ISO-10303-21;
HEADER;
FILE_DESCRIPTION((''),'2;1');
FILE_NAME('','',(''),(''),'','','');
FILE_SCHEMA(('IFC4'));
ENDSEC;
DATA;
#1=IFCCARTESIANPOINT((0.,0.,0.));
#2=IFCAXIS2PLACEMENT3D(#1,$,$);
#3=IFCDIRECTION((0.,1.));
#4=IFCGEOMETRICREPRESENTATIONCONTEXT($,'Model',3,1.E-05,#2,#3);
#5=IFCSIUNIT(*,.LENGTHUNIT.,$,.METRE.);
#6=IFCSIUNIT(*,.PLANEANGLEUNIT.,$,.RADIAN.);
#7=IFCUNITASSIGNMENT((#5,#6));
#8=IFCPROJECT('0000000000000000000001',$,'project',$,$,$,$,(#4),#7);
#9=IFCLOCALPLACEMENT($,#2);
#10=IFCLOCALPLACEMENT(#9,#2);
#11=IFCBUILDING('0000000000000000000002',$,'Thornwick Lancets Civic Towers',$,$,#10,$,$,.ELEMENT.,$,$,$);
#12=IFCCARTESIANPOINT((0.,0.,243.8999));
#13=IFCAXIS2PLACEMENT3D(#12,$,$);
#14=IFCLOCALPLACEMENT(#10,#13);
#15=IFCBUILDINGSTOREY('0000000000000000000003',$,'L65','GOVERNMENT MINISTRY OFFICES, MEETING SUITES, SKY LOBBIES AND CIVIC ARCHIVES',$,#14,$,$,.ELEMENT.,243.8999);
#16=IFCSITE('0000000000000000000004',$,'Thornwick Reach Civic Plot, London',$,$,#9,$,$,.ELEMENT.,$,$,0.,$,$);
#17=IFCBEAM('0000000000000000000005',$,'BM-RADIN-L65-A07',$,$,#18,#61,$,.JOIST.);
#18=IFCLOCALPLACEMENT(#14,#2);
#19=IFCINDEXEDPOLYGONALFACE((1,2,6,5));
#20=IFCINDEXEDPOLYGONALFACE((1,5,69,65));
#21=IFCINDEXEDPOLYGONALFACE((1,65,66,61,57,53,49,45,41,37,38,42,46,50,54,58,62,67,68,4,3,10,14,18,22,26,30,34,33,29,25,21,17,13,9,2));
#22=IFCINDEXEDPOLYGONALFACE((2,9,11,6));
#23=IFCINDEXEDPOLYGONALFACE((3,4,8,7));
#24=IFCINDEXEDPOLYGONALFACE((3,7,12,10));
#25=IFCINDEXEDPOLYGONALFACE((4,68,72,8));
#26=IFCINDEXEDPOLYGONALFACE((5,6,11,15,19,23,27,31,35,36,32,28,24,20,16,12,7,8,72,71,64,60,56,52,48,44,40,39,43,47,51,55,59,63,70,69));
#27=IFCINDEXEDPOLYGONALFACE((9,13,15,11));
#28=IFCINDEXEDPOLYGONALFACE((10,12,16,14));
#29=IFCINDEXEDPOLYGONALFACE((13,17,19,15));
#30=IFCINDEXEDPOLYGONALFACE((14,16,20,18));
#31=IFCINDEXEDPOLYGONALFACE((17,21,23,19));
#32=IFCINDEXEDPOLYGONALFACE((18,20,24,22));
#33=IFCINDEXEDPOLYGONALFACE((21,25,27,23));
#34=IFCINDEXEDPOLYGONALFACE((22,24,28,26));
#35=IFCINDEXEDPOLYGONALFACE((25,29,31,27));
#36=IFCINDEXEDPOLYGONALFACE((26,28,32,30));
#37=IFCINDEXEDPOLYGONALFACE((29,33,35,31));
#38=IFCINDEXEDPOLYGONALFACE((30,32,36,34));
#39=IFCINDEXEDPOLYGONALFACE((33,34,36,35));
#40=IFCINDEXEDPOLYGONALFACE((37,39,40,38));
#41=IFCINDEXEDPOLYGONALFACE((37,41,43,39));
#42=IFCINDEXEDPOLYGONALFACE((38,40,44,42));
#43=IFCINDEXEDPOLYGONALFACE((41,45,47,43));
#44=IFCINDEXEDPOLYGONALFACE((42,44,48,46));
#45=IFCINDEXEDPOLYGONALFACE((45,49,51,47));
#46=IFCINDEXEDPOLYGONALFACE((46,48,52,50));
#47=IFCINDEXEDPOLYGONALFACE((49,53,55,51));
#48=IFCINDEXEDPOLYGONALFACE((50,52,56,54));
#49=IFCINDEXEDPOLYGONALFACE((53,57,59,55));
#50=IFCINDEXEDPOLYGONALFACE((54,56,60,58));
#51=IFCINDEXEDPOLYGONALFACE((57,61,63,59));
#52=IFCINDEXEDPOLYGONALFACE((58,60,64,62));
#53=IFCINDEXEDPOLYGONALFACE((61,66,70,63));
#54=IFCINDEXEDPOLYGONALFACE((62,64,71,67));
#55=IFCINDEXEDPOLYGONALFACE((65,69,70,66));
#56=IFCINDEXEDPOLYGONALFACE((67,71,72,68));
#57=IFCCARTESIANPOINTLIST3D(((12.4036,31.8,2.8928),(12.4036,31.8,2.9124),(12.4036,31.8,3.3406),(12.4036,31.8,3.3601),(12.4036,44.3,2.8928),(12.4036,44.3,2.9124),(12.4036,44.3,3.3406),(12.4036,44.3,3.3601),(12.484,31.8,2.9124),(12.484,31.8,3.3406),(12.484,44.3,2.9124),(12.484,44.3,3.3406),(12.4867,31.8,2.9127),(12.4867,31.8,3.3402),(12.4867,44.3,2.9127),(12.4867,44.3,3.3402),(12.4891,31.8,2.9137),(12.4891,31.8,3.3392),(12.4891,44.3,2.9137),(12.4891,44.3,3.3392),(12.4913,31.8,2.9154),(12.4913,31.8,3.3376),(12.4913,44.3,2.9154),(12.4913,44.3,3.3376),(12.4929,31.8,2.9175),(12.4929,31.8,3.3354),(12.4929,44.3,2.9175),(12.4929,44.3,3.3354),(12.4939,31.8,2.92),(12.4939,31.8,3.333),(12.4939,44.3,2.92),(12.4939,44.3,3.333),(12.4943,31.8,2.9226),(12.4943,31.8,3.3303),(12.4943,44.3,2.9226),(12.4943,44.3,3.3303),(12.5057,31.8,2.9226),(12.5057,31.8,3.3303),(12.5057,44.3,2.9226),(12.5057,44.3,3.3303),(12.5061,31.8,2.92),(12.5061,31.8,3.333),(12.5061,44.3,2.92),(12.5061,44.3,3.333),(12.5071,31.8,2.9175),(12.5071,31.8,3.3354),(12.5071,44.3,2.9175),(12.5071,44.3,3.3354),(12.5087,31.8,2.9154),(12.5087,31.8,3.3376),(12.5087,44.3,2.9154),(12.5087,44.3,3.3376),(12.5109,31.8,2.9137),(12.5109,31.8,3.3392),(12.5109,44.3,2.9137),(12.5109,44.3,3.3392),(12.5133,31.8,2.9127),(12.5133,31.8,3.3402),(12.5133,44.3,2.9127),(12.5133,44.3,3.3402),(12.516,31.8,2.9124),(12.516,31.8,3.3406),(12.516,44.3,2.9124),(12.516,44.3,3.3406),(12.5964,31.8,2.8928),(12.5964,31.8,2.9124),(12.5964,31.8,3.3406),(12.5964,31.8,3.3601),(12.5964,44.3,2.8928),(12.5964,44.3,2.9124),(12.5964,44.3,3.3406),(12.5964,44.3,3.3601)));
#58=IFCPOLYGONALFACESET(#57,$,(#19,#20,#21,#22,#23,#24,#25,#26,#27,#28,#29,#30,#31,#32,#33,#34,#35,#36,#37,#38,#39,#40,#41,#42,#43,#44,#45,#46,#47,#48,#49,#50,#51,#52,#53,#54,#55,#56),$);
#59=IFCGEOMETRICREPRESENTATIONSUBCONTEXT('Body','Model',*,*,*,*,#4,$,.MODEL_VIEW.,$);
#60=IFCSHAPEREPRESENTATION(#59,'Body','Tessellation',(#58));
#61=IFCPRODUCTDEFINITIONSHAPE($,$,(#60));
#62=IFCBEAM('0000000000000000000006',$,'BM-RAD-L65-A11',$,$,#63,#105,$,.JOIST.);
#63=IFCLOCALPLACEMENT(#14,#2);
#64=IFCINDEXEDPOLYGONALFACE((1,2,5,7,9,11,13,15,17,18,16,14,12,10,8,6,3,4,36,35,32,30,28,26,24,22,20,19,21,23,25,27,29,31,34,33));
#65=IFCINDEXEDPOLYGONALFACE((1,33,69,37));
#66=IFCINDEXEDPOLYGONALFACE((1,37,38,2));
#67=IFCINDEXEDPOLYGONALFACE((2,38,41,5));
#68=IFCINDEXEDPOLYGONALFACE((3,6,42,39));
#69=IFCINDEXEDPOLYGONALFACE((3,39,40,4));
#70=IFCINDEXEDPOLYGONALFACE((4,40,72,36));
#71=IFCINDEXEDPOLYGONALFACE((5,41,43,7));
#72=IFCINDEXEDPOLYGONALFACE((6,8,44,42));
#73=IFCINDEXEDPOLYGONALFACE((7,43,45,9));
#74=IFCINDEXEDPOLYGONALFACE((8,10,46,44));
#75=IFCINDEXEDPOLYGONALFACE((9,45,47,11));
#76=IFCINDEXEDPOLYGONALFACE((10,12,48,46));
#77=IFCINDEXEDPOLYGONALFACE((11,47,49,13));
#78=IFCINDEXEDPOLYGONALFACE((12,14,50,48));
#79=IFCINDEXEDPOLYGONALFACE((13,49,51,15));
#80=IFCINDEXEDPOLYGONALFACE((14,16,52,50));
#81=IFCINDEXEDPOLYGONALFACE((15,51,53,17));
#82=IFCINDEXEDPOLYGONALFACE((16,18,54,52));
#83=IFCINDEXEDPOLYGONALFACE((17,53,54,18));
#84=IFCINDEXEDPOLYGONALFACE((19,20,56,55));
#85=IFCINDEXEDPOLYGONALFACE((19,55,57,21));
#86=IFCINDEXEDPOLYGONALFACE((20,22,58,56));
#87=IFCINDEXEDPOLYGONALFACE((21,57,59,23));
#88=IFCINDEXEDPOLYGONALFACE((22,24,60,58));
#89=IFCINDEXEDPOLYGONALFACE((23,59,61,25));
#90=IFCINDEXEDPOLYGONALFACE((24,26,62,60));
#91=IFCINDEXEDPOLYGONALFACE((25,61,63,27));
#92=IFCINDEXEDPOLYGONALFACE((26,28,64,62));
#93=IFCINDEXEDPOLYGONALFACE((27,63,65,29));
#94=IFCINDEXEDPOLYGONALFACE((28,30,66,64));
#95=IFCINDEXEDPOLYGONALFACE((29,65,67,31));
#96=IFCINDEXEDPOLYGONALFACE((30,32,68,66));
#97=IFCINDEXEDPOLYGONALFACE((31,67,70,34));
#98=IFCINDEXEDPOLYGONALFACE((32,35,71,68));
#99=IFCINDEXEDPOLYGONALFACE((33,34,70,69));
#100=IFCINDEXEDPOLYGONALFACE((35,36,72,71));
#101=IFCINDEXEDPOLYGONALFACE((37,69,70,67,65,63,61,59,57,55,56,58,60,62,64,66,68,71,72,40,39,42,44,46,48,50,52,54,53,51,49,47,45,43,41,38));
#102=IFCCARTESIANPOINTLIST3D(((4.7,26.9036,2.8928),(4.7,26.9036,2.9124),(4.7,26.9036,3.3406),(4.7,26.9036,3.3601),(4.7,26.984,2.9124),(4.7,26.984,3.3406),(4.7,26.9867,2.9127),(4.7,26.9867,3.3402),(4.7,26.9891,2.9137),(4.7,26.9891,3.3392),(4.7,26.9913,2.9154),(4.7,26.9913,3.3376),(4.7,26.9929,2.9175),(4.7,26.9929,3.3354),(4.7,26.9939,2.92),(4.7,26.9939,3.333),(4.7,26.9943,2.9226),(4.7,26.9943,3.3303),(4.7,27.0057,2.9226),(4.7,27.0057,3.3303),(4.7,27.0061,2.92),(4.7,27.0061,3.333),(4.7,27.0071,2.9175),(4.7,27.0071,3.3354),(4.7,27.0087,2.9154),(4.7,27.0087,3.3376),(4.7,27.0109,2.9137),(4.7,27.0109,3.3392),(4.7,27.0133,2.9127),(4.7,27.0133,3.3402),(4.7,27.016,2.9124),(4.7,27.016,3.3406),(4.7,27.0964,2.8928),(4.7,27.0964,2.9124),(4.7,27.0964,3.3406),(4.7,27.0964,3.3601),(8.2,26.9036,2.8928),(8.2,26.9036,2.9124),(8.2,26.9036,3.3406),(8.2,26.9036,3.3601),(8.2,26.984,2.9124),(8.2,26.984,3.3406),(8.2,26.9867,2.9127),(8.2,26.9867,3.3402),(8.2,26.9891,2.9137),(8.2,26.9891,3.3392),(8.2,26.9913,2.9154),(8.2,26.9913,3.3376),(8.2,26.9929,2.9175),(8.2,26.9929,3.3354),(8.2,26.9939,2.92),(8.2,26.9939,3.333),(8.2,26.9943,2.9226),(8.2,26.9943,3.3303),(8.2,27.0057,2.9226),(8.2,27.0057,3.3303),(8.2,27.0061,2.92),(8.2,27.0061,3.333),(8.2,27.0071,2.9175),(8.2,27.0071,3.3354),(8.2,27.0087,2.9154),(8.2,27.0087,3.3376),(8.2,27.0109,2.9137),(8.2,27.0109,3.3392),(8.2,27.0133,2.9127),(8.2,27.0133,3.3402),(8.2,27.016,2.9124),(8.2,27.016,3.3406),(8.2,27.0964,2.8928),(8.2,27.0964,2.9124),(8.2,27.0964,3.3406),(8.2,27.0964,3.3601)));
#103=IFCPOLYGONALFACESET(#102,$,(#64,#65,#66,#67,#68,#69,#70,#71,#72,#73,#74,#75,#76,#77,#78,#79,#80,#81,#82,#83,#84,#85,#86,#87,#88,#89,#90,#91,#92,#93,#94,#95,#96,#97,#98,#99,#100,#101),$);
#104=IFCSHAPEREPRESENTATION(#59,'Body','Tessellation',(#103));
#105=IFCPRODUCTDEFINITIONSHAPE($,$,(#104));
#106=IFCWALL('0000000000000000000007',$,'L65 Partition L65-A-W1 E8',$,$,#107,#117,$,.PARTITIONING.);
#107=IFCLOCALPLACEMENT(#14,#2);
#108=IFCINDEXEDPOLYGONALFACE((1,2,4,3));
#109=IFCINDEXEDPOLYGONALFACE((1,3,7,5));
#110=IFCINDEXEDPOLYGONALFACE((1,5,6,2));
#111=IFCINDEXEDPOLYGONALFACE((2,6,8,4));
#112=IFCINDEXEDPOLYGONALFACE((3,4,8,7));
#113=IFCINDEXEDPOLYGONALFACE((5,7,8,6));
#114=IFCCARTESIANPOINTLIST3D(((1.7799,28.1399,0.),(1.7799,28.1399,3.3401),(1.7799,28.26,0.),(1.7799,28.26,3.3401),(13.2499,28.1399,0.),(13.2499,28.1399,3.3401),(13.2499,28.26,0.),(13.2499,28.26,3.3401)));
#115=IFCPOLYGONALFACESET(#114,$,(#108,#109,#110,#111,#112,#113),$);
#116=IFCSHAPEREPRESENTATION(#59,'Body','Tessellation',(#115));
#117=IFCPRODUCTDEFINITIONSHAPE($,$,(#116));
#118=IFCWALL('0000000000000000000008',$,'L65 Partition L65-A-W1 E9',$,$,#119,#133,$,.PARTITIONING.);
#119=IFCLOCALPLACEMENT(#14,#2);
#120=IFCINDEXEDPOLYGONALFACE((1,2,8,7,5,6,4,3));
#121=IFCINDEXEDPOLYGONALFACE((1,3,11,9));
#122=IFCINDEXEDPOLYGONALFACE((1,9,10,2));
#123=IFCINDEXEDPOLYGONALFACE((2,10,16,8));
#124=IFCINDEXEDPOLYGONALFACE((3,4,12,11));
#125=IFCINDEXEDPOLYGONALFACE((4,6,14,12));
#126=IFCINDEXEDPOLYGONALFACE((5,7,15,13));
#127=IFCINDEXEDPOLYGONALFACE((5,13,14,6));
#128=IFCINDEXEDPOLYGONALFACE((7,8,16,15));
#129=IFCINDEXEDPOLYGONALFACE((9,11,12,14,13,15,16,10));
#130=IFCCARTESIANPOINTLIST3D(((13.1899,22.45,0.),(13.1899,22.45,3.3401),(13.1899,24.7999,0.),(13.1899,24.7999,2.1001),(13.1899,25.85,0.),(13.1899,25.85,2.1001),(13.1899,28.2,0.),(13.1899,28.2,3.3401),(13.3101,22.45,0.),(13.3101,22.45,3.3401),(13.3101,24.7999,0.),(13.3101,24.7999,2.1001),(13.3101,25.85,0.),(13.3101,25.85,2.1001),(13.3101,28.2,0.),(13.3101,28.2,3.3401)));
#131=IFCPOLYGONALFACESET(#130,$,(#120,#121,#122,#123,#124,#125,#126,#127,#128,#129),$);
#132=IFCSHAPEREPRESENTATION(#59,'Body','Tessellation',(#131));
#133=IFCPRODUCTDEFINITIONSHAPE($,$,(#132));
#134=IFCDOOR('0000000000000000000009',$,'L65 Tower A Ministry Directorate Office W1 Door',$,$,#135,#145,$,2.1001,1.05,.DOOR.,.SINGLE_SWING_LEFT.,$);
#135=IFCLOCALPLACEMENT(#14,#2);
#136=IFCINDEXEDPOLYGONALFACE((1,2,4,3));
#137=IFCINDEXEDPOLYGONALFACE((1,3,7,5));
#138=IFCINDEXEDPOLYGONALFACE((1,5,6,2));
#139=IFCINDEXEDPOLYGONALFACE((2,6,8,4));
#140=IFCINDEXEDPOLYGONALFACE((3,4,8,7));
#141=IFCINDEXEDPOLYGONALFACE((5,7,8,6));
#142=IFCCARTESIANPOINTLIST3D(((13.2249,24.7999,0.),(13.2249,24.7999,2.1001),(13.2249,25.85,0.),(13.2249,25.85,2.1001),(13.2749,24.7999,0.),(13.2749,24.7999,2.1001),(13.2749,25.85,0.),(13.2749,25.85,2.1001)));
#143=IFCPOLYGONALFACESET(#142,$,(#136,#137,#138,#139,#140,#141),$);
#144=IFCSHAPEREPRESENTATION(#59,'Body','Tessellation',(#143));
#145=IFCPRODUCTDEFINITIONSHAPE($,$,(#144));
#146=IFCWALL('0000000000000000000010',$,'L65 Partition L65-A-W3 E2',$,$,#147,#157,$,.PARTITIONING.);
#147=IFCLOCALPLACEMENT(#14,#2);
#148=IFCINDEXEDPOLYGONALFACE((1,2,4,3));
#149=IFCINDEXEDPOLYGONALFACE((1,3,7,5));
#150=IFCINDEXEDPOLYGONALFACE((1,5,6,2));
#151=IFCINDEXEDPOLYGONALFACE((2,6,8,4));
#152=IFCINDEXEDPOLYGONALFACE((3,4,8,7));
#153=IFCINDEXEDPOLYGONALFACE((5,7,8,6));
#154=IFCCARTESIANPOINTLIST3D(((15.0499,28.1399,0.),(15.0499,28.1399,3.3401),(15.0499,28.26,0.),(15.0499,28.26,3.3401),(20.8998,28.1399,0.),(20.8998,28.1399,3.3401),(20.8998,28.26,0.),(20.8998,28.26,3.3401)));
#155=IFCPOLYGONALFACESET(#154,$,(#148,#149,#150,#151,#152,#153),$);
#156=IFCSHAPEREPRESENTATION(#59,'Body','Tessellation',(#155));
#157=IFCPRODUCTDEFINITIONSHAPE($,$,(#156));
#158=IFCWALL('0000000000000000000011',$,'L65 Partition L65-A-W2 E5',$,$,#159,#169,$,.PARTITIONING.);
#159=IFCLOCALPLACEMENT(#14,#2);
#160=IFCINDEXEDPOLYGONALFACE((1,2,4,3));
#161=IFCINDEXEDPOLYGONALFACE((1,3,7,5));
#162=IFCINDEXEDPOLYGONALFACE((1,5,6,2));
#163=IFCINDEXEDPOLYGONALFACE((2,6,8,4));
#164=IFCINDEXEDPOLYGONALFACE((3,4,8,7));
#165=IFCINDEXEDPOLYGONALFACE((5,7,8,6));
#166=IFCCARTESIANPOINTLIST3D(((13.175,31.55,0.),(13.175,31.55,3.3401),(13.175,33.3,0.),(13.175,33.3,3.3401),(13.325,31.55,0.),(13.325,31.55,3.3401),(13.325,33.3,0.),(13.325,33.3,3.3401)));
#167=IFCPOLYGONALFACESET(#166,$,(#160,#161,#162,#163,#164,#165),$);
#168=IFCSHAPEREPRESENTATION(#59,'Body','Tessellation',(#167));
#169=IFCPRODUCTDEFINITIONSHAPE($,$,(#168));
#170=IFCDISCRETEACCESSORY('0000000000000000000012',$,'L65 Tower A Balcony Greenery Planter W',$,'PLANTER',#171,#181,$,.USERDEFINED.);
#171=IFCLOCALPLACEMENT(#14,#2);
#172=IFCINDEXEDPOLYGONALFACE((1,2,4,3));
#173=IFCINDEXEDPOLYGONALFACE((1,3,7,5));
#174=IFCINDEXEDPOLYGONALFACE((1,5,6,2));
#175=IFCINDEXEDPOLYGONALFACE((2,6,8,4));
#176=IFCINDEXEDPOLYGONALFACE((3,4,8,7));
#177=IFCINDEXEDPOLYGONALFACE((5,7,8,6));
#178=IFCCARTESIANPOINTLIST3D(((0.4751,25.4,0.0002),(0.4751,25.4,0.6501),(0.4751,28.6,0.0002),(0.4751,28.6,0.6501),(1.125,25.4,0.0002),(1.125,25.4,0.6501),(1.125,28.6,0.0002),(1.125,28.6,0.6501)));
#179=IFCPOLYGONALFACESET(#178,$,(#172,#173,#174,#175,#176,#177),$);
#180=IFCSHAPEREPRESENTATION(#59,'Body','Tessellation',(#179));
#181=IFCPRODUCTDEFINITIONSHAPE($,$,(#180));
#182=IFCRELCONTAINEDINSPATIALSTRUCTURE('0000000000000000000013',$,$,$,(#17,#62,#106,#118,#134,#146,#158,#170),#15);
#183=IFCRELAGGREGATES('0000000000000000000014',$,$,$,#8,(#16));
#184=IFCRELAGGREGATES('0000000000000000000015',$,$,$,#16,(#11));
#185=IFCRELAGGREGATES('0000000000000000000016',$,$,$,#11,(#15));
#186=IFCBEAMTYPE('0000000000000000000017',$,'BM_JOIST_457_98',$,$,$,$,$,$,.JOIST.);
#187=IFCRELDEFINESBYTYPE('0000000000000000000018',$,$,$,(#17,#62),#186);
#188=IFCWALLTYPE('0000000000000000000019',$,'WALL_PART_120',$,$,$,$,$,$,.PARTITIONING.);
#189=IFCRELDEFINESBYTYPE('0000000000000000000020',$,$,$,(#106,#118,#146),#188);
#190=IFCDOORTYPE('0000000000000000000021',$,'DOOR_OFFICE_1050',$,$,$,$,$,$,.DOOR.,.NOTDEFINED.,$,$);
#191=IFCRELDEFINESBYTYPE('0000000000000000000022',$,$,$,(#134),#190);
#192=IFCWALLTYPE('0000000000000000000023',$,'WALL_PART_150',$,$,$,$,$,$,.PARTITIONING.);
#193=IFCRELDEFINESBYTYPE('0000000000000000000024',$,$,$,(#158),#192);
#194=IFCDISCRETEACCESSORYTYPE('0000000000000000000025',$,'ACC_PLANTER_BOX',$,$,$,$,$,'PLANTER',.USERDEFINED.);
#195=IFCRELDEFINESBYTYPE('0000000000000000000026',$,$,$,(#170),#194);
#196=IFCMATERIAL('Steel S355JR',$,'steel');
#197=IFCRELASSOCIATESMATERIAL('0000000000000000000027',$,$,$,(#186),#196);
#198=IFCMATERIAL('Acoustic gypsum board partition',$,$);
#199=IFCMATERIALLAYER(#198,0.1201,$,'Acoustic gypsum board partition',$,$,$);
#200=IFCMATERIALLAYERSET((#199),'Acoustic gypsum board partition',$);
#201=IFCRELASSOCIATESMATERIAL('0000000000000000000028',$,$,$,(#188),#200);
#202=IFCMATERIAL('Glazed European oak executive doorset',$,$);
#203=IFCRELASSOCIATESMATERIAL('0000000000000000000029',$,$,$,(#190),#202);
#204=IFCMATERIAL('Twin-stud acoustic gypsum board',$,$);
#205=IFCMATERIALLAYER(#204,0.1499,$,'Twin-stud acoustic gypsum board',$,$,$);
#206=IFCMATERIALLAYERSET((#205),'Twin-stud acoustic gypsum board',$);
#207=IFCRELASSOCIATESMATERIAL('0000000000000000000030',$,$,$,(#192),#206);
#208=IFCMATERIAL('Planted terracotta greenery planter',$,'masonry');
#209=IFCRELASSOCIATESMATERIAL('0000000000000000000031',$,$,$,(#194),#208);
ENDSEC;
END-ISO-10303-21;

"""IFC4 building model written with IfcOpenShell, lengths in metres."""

from ifc_helpers import new_model, si_unit, direction, frame, frame_2d, origin, origin_2d, place, context, subcontext, project, spatial, rectangle, i_section, extrude, material, layer, layer_set, material_profile, profile_set, type_object, element, fill, save


model = new_model("IFC4")

# Units and contexts
model_context = context("Model", 3, precision=1e-05, world=origin(), true_north=direction((0.0, 1.0)))
body_context = subcontext(model_context, "Body", "Model", "MODEL_VIEW")
ifc_project = project(units=[si_unit("LENGTHUNIT", "METRE"), si_unit("PLANEANGLEUNIT", "RADIAN")], contexts=[model_context])

# Site, building, storey
site_placement = place(None, origin())
site = spatial("IfcSite", under=ifc_project, at=site_placement, Name="Thornwick Reach Civic Plot, London", CompositionType="ELEMENT", RefElevation=0.0)
building_placement = place(site_placement, origin())
building = spatial("IfcBuilding", under=site, at=building_placement, Name="Thornwick Lancets Civic Towers", CompositionType="ELEMENT")
storey_placement = place(building_placement, frame((0.0, 0.0, 243.8999)))
storey = spatial("IfcBuildingStorey", under=building, at=storey_placement, Name="L65", Description="GOVERNMENT MINISTRY OFFICES, MEETING SUITES, SKY LOBBIES AND CIVIC ARCHIVES", CompositionType="ELEMENT", Elevation=243.8999)

# Shared definitions
ifc_material_1 = material(Name="Steel S355JR", Category="steel")

# Beams
ifc_material_profile_1 = material_profile(ifc_material_1, i_section(OverallWidth=0.1929, OverallDepth=0.4673, WebThickness=0.0115, FlangeThickness=0.0195, FilletRadius=0.0103, at=origin_2d()), Name="UKB 457x191x98")
ifc_profile_set_1 = profile_set([ifc_material_profile_1], Name="Steel S355JR")
beam_type_1 = type_object("IfcBeamType", Name="BM_JOIST_457_98", PredefinedType="JOIST", material=ifc_profile_set_1)
beam_1_placement = place(storey_placement, frame((12.5, 31.8, 3.1265), z_axis=(0.0, 1.0, 0.0), x_axis=(-1.0, 0.0, 0.0)))
element("IfcBeam", 1, at=beam_1_placement, inside=storey, type_object=beam_type_1, Name="BM-RADIN-L65-A07", PredefinedType="JOIST", context=body_context, shape_type="SweptSolid", body=[
    extrude(i_section(OverallWidth=0.1929, OverallDepth=0.4673, WebThickness=0.0115, FlangeThickness=0.0195, FilletRadius=0.0103, at=origin_2d()), origin(), (0.0, 0.0, 1.0), 12.5),
])
beam_2_placement = place(storey_placement, frame((8.2, 27.0, 3.1265), z_axis=(-1.0, 0.0, 0.0), x_axis=(0.0, -1.0, 0.0)))
element("IfcBeam", 2, at=beam_2_placement, inside=storey, type_object=beam_type_1, Name="BM-RAD-L65-A11", PredefinedType="JOIST", context=body_context, shape_type="SweptSolid", body=[
    extrude(i_section(OverallWidth=0.1929, OverallDepth=0.4673, WebThickness=0.0115, FlangeThickness=0.0195, FilletRadius=0.0103, at=origin_2d()), origin(), (0.0, 0.0, 1.0), 3.5),
])

# Wall
ifc_material_2 = material(Name="Acoustic gypsum board partition")
ifc_layer_1 = layer(ifc_material_2, 0.1201, Name="Acoustic gypsum board partition")
ifc_layer_set_1 = layer_set([ifc_layer_1], Name="Acoustic gypsum board partition")
wall_type_1 = type_object("IfcWallType", Name="WALL_PART_120", PredefinedType="PARTITIONING", material=ifc_layer_set_1)
wall_1_placement = place(storey_placement, frame((1.78, 28.2, 0.0), z_axis=(0.0, 0.0, 1.0), x_axis=(1.0, 0.0, 0.0)))
element("IfcWall", 3, at=wall_1_placement, inside=storey, type_object=wall_type_1, Name="L65 Partition L65-A-W1 E8", PredefinedType="PARTITIONING", context=body_context, shape_type="SweptSolid", body=[
    extrude(rectangle(XDim=11.47, YDim=0.1201, at=frame_2d((5.7349, 0.0))), origin(), (0.0, 0.0, 1.0), 3.3401),
])

# Wall, opening, door
wall_2_placement = place(storey_placement, frame((13.25, 28.2, 0.0), z_axis=(0.0, 0.0, 1.0), x_axis=(0.0, -1.0, 0.0)))
wall_2 = element("IfcWall", 4, at=wall_2_placement, inside=storey, type_object=wall_type_1, Name="L65 Partition L65-A-W1 E9", PredefinedType="PARTITIONING", context=body_context, shape_type="SweptSolid", body=[
    extrude(rectangle(XDim=5.75, YDim=0.1201, at=frame_2d((2.875, 0.0))), origin(), (0.0, 0.0, 1.0), 3.3401),
])
opening_1_placement = place(wall_2_placement, frame((2.3501, 0.0, 0.0)))
opening_1 = element("IfcOpeningElement", 5, at=opening_1_placement, cuts=wall_2, PredefinedType="OPENING", context=body_context, shape_type="SweptSolid", body=[
    extrude(rectangle(XDim=1.05, YDim=2.1001, at=frame_2d((0.5249, 1.05))), frame((0.0, 0.0701, 0.0), z_axis=(0.0, -1.0, 0.0), x_axis=(1.0, 0.0, 0.0)), (0.0, 0.0, 1.0), 0.1401),
])
ifc_material_3 = material(Name="Glazed European oak executive doorset")
door_type_1 = type_object("IfcDoorType", Name="DOOR_OFFICE_1050", OperationType="NOTDEFINED", PredefinedType="DOOR", material=ifc_material_3)
door_1_placement = place(opening_1_placement, origin())
door_1 = element("IfcDoor", 6, at=door_1_placement, inside=storey, type_object=door_type_1, Name="L65 Tower A Ministry Directorate Office W1 Door", OperationType="SINGLE_SWING_LEFT", OverallHeight=2.1001, OverallWidth=1.05, PredefinedType="DOOR", context=body_context, shape_type="SweptSolid", body=[
    extrude(rectangle(XDim=1.05, YDim=2.1001, at=frame_2d((0.5249, 1.05))), frame((0.0, 0.0249, 0.0), z_axis=(0.0, -1.0, 0.0), x_axis=(1.0, 0.0, 0.0)), (0.0, 0.0, 1.0), 0.05),
])
fill(opening_1, door_1)

# Walls
wall_3_placement = place(storey_placement, frame((15.05, 28.2, 0.0), z_axis=(0.0, 0.0, 1.0), x_axis=(1.0, 0.0, 0.0)))
element("IfcWall", 7, at=wall_3_placement, inside=storey, type_object=wall_type_1, Name="L65 Partition L65-A-W3 E2", PredefinedType="PARTITIONING", context=body_context, shape_type="SweptSolid", body=[
    extrude(rectangle(XDim=5.8499, YDim=0.1201, at=frame_2d((2.9248, 0.0))), origin(), (0.0, 0.0, 1.0), 3.3401),
])
ifc_material_4 = material(Name="Twin-stud acoustic gypsum board")
ifc_layer_2 = layer(ifc_material_4, 0.1499, Name="Twin-stud acoustic gypsum board")
ifc_layer_set_2 = layer_set([ifc_layer_2], Name="Twin-stud acoustic gypsum board")
wall_type_2 = type_object("IfcWallType", Name="WALL_PART_150", PredefinedType="PARTITIONING", material=ifc_layer_set_2)
wall_4_placement = place(storey_placement, frame((13.25, 33.3, 0.0), z_axis=(0.0, 0.0, 1.0), x_axis=(0.0, -1.0, 0.0)))
element("IfcWall", 8, at=wall_4_placement, inside=storey, type_object=wall_type_2, Name="L65 Partition L65-A-W2 E5", PredefinedType="PARTITIONING", context=body_context, shape_type="SweptSolid", body=[
    extrude(rectangle(XDim=1.75, YDim=0.1499, at=frame_2d((0.875, 0.0))), origin(), (0.0, 0.0, 1.0), 3.3401),
])

# Discrete accessory
ifc_material_5 = material(Name="Planted terracotta greenery planter", Category="masonry")
discrete_accessory_type = type_object("IfcDiscreteAccessoryType", Name="ACC_PLANTER_BOX", ElementType="PLANTER", PredefinedType="USERDEFINED", material=ifc_material_5)
discrete_accessory_placement = place(storey_placement, frame((0.8, 27.0, 0.0002), z_axis=(0.0, 0.0, 1.0), x_axis=(1.0, 0.0, 0.0)))
element("IfcDiscreteAccessory", 9, at=discrete_accessory_placement, inside=storey, type_object=discrete_accessory_type, Name="L65 Tower A Balcony Greenery Planter W", ObjectType="PLANTER", PredefinedType="USERDEFINED", context=body_context, shape_type="SweptSolid", body=[
    extrude(rectangle(XDim=0.6499, YDim=3.2, at=origin_2d()), origin(), (0.0, 0.0, 1.0), 0.6499),
])

save(model, "model.ifc")
